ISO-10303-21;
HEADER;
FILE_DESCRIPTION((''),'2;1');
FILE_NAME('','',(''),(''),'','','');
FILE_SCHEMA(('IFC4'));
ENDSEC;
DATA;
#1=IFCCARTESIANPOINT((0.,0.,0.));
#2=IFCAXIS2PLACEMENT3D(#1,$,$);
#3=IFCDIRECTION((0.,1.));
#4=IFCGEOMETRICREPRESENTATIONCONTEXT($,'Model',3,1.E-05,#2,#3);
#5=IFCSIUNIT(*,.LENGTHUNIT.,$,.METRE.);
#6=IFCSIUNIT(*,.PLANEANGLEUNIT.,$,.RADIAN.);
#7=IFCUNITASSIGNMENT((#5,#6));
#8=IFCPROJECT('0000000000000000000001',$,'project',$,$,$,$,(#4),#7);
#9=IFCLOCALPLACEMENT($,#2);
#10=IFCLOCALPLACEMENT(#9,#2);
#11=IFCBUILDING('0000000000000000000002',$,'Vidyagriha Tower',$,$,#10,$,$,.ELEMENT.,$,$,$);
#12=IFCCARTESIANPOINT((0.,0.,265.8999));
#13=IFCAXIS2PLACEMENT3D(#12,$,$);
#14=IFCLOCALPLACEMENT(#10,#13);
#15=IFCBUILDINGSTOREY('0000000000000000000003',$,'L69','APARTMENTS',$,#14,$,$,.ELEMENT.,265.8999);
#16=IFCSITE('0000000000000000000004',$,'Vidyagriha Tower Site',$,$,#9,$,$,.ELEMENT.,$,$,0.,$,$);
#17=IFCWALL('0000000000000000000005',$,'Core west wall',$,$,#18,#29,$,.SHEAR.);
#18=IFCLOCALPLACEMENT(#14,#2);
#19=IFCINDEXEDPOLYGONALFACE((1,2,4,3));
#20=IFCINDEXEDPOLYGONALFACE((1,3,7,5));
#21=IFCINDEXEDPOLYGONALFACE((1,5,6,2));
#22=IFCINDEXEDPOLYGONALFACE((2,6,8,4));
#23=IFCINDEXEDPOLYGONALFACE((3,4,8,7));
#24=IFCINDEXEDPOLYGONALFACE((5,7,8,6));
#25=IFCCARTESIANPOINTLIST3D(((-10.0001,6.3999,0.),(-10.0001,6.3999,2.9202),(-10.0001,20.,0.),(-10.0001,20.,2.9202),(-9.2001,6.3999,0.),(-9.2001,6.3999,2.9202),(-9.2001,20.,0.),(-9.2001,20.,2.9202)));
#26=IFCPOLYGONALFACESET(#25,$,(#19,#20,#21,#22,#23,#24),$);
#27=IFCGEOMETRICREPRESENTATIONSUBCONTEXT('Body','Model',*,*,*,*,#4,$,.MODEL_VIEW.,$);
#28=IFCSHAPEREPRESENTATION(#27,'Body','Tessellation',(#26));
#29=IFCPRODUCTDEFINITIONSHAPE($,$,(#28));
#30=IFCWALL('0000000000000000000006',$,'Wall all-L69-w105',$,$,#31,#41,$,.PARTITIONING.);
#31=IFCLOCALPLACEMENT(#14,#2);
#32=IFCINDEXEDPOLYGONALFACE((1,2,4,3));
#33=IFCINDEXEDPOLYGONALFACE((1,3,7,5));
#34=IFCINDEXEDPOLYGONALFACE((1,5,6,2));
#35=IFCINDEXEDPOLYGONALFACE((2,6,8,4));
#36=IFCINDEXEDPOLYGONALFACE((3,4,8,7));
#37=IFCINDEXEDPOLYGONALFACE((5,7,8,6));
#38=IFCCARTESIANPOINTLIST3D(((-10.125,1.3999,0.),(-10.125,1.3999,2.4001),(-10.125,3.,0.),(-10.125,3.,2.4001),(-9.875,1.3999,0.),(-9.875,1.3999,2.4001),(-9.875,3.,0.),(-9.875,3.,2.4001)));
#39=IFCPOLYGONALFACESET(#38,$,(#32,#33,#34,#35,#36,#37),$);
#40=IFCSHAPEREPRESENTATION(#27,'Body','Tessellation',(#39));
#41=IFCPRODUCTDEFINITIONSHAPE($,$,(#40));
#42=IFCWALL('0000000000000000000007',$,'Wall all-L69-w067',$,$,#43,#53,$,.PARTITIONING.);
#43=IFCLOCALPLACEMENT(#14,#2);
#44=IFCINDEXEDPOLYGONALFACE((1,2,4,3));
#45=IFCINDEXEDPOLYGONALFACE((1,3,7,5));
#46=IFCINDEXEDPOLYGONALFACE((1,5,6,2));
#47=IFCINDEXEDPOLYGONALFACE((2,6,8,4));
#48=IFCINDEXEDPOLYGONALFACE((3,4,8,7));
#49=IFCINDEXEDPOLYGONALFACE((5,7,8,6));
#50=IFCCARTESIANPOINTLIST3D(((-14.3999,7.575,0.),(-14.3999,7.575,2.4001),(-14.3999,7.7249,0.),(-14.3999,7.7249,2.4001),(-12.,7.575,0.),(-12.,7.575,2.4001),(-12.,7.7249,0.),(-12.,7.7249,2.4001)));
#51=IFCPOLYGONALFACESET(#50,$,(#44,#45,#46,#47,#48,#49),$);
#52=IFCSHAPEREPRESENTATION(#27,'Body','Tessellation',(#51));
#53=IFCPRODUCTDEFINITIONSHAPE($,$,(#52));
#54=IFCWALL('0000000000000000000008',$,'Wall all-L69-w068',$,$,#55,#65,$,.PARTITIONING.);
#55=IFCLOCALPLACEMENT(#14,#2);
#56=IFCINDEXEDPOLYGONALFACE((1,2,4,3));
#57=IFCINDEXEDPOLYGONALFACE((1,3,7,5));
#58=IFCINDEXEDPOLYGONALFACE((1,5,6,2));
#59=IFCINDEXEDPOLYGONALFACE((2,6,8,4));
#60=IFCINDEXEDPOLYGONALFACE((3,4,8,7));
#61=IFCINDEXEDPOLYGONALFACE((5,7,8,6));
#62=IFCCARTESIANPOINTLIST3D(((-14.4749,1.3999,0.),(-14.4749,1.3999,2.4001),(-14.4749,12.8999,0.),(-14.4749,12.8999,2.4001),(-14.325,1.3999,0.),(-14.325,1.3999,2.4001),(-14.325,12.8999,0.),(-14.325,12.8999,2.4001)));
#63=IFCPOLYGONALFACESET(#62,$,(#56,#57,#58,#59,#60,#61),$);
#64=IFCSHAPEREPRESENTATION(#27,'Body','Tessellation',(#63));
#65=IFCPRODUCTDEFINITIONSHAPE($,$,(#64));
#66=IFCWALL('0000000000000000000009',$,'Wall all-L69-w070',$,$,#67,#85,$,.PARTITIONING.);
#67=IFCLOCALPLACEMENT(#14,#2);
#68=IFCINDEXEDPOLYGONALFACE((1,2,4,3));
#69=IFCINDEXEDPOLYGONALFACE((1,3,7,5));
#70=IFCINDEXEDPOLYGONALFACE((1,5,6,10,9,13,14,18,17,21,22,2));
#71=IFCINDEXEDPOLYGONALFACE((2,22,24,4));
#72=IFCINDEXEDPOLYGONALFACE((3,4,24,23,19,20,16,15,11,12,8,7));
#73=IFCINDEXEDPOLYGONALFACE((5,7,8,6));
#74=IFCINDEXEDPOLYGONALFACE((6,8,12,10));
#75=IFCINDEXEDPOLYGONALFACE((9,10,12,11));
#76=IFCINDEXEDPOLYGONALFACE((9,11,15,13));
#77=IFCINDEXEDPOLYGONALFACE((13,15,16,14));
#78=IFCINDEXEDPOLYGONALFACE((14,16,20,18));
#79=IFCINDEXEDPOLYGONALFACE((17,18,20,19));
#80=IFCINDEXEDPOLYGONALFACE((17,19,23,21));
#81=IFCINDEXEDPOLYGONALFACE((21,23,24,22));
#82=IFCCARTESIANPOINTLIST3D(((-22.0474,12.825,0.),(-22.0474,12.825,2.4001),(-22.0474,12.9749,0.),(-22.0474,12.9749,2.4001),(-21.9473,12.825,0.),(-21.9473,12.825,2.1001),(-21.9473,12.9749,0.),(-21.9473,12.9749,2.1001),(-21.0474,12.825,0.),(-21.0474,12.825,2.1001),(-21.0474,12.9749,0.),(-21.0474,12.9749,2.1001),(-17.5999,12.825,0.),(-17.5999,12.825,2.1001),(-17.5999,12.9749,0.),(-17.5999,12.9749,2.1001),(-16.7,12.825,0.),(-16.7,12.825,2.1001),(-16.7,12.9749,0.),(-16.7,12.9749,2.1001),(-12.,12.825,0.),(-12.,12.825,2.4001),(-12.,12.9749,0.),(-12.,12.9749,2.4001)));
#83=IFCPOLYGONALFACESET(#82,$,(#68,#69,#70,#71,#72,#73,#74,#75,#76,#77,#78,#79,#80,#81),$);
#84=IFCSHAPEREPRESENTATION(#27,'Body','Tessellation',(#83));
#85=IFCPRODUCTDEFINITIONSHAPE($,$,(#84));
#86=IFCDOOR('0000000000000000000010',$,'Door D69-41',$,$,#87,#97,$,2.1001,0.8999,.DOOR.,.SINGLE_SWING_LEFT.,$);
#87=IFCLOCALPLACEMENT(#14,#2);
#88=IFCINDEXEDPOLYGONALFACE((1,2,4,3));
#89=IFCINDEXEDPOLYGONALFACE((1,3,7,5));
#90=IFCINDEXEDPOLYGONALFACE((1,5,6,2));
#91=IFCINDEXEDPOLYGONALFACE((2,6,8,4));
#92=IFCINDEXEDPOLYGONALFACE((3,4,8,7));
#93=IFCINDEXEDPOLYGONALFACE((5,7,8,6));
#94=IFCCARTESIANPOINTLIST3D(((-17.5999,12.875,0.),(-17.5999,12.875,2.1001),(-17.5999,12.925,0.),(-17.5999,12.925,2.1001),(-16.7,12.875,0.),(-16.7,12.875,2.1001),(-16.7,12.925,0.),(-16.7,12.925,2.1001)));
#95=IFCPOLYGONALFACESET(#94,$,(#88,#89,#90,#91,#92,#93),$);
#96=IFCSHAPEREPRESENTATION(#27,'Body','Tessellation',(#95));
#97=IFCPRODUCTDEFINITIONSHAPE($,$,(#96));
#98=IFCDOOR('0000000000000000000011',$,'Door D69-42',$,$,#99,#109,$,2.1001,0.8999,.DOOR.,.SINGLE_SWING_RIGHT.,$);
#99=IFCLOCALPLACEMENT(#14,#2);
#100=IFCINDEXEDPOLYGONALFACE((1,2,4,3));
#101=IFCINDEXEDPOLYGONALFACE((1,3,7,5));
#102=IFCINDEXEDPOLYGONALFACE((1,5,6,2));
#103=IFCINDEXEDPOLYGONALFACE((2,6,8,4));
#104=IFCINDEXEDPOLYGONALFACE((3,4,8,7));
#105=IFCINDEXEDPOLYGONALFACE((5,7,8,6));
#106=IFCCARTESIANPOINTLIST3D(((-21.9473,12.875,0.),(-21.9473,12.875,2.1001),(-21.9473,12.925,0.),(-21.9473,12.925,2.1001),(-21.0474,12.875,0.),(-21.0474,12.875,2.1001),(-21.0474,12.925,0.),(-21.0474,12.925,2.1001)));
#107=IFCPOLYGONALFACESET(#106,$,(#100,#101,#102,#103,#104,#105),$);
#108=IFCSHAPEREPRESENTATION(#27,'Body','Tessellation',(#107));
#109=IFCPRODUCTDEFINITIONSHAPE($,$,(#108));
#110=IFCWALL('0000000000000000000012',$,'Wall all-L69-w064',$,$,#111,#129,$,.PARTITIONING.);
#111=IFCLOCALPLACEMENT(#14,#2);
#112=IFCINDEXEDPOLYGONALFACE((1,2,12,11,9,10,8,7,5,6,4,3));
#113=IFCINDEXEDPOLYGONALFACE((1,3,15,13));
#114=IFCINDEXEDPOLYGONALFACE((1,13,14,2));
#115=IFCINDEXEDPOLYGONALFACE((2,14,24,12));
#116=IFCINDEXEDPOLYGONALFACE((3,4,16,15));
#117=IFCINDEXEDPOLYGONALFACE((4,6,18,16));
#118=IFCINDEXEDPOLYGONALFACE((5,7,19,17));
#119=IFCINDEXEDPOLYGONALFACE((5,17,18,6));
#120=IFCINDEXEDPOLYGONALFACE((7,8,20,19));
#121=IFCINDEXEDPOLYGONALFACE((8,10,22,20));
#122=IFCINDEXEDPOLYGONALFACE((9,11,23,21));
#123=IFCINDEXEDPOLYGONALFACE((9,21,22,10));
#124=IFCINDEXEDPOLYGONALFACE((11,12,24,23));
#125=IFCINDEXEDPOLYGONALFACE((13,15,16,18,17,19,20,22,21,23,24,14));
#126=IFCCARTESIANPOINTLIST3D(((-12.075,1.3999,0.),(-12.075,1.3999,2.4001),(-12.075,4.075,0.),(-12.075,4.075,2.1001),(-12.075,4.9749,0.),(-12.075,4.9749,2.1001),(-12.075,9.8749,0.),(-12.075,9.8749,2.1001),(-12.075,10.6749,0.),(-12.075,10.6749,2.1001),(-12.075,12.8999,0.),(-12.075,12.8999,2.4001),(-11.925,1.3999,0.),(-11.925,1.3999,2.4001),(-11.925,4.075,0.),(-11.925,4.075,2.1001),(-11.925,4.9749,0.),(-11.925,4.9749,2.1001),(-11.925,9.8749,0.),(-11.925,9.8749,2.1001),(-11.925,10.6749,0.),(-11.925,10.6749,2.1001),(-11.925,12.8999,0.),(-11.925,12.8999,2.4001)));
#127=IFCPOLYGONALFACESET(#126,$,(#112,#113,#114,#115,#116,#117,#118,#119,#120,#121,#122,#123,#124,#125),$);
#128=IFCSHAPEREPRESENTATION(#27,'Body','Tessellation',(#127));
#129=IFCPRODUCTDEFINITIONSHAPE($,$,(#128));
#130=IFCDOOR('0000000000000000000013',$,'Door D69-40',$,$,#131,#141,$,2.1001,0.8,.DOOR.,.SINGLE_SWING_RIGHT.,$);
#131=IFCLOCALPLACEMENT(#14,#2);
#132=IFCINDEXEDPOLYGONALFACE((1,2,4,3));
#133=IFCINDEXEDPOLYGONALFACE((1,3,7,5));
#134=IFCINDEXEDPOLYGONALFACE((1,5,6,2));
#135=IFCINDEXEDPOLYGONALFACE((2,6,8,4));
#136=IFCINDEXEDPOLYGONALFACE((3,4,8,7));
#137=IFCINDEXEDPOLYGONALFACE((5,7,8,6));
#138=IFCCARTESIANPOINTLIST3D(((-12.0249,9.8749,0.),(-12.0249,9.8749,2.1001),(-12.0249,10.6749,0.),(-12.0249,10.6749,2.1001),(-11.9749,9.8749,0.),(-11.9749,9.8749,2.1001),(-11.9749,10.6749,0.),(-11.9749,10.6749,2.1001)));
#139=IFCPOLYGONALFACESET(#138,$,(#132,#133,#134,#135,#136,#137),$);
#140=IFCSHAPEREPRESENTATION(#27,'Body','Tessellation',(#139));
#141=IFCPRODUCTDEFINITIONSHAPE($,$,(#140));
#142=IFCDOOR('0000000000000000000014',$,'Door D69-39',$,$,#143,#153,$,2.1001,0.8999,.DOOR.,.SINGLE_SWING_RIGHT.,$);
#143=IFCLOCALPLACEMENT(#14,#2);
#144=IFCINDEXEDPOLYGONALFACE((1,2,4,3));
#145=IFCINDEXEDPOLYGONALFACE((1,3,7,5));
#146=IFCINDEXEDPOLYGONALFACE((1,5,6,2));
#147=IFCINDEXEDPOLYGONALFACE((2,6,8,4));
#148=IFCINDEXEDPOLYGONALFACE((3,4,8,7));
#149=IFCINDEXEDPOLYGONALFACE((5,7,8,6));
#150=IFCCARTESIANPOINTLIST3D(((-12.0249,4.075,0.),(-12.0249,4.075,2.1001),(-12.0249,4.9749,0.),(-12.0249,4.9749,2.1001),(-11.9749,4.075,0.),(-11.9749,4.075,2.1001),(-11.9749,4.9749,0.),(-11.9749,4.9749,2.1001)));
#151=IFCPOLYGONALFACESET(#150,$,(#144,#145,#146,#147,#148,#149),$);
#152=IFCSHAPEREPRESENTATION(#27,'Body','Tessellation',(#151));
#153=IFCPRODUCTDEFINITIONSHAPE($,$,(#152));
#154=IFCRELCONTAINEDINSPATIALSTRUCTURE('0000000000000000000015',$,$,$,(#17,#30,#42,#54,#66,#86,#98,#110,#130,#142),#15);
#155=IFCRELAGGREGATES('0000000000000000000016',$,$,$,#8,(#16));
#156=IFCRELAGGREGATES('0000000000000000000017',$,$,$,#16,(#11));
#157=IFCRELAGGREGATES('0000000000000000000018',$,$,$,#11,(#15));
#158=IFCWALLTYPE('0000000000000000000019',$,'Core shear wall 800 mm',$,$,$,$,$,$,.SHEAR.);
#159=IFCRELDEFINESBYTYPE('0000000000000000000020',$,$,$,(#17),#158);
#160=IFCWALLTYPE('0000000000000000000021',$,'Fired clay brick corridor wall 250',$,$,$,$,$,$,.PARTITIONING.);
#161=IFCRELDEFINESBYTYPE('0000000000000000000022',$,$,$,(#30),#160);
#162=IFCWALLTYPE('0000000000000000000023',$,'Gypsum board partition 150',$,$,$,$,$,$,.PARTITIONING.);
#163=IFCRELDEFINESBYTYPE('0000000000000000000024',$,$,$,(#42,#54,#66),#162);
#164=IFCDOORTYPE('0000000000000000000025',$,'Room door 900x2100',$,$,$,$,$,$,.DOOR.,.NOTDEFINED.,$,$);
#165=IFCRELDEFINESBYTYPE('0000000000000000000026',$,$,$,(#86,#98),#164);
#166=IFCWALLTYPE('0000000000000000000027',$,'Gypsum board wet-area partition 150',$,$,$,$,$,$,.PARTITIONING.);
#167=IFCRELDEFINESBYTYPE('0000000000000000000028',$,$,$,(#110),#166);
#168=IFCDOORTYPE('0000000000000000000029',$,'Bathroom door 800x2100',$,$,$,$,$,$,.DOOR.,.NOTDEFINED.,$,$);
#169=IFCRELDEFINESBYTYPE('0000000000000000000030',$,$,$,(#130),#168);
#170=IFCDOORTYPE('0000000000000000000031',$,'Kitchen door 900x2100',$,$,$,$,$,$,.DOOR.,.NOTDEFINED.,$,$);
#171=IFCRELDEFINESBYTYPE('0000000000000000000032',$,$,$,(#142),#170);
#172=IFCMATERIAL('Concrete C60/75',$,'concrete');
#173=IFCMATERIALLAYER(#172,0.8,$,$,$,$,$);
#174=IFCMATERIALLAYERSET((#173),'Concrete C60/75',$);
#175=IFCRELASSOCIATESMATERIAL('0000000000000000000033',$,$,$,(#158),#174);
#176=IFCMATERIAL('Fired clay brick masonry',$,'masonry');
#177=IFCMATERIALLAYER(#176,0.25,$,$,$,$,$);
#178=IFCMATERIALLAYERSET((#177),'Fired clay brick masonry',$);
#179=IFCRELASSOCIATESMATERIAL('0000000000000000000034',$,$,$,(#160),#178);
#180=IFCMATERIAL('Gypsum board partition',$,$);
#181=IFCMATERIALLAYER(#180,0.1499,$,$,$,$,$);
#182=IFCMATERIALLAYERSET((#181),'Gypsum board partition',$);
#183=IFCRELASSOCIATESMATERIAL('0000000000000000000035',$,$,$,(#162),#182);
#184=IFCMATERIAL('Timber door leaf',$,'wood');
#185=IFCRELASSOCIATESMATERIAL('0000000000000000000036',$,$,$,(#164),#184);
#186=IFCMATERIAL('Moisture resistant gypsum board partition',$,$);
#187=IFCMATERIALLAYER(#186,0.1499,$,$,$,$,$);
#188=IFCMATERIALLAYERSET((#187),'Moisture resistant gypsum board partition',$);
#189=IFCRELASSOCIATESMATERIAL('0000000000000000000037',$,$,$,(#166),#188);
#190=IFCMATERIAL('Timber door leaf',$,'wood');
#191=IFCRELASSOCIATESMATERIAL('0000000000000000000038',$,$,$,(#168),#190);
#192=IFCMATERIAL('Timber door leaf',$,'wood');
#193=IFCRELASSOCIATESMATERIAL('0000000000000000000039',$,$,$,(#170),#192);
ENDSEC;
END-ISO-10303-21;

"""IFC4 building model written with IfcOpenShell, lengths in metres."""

from ifc_helpers import new_model, si_unit, direction, frame, frame_2d, origin, place, context, subcontext, project, spatial, rectangle, extrude, material, layer, layer_set, type_object, element, fill, save


model = new_model("IFC4")

# Units and contexts
model_context = context("Model", 3, precision=1e-05, world=origin(), true_north=direction((0.0, 1.0)))
body_context = subcontext(model_context, "Body", "Model", "MODEL_VIEW")
ifc_project = project(units=[si_unit("LENGTHUNIT", "METRE"), si_unit("PLANEANGLEUNIT", "RADIAN")], contexts=[model_context])

# Site, building, storey
site_placement = place(None, origin())
site = spatial("IfcSite", under=ifc_project, at=site_placement, Name="Vidyagriha Tower Site", CompositionType="ELEMENT", RefElevation=0.0)
building_placement = place(site_placement, origin())
building = spatial("IfcBuilding", under=site, at=building_placement, Name="Vidyagriha Tower", CompositionType="ELEMENT")
storey_placement = place(building_placement, frame((0.0, 0.0, 265.8999)))
storey = spatial("IfcBuildingStorey", under=building, at=storey_placement, Name="L69", Description="APARTMENTS", CompositionType="ELEMENT", Elevation=265.8999)

# Walls
ifc_material_1 = material(Name="Concrete C60/75", Category="concrete")
ifc_layer_1 = layer(ifc_material_1, 0.8)
ifc_layer_set_1 = layer_set([ifc_layer_1], Name="Concrete C60/75")
wall_type_1 = type_object("IfcWallType", Name="Core shear wall 800 mm", PredefinedType="SHEAR", material=ifc_layer_set_1)
wall_1_placement = place(storey_placement, frame((-9.6001, 6.3999, 0.0), z_axis=(0.0, 0.0, 1.0), x_axis=(0.0, 1.0, 0.0)))
element("IfcWall", 1, at=wall_1_placement, inside=storey, type_object=wall_type_1, Name="Core west wall", PredefinedType="SHEAR", context=body_context, shape_type="SweptSolid", body=[
    extrude(rectangle(XDim=13.6001, YDim=0.8, at=frame_2d((6.8, 0.0))), origin(), (0.0, 0.0, 1.0), 2.9202),
])
ifc_material_2 = material(Name="Fired clay brick masonry", Category="masonry")
ifc_layer_2 = layer(ifc_material_2, 0.25)
ifc_layer_set_2 = layer_set([ifc_layer_2], Name="Fired clay brick masonry")
wall_type_2 = type_object("IfcWallType", Name="Fired clay brick corridor wall 250", PredefinedType="PARTITIONING", material=ifc_layer_set_2)
wall_2_placement = place(storey_placement, frame((-10.0, 3.0, 0.0), z_axis=(0.0, 0.0, 1.0), x_axis=(0.0, -1.0, 0.0)))
element("IfcWall", 2, at=wall_2_placement, inside=storey, type_object=wall_type_2, Name="Wall all-L69-w105", PredefinedType="PARTITIONING", context=body_context, shape_type="SweptSolid", body=[
    extrude(rectangle(XDim=1.6001, YDim=0.25, at=frame_2d((0.8, 0.0))), origin(), (0.0, 0.0, 1.0), 2.4001),
])
ifc_material_3 = material(Name="Gypsum board partition")
ifc_layer_3 = layer(ifc_material_3, 0.1499)
ifc_layer_set_3 = layer_set([ifc_layer_3], Name="Gypsum board partition")
wall_type_3 = type_object("IfcWallType", Name="Gypsum board partition 150", PredefinedType="PARTITIONING", material=ifc_layer_set_3)
wall_3_placement = place(storey_placement, frame((-14.3999, 7.6499, 0.0)))
element("IfcWall", 3, at=wall_3_placement, inside=storey, type_object=wall_type_3, Name="Wall all-L69-w067", PredefinedType="PARTITIONING", context=body_context, shape_type="SweptSolid", body=[
    extrude(rectangle(XDim=2.3999, YDim=0.1499, at=frame_2d((1.2, 0.0))), origin(), (0.0, 0.0, 1.0), 2.4001),
])
wall_4_placement = place(storey_placement, frame((-14.3999, 1.3999, 0.0), z_axis=(0.0, 0.0, 1.0), x_axis=(0.0, 1.0, 0.0)))
element("IfcWall", 4, at=wall_4_placement, inside=storey, type_object=wall_type_3, Name="Wall all-L69-w068", PredefinedType="PARTITIONING", context=body_context, shape_type="SweptSolid", body=[
    extrude(rectangle(XDim=11.5, YDim=0.1499, at=frame_2d((5.75, 0.0))), origin(), (0.0, 0.0, 1.0), 2.4001),
])

# Walls, openings, doors
wall_5_placement = place(storey_placement, frame((-12.0, 12.8999, 0.0), z_axis=(0.0, 0.0, 1.0), x_axis=(-1.0, 0.0, 0.0)))
wall_5 = element("IfcWall", 5, at=wall_5_placement, inside=storey, type_object=wall_type_3, Name="Wall all-L69-w070", PredefinedType="PARTITIONING", context=body_context, shape_type="SweptSolid", body=[
    extrude(rectangle(XDim=10.0474, YDim=0.1499, at=frame_2d((5.0237, 0.0))), origin(), (0.0, 0.0, 1.0), 2.4001),
])
opening_1_placement = place(wall_5_placement, frame((4.7, 0.0, 0.0)))
opening_1 = element("IfcOpeningElement", 6, at=opening_1_placement, cuts=wall_5, PredefinedType="OPENING", context=body_context, shape_type="SweptSolid", body=[
    extrude(rectangle(XDim=0.8999, YDim=2.1001, at=frame_2d((0.45, 1.05))), frame((0.0, 0.085, 0.0), z_axis=(0.0, -1.0, 0.0), x_axis=(1.0, 0.0, 0.0)), (0.0, 0.0, 1.0), 0.1699),
])
opening_2_placement = place(wall_5_placement, frame((9.0474, 0.0, 0.0)))
opening_2 = element("IfcOpeningElement", 7, at=opening_2_placement, cuts=wall_5, PredefinedType="OPENING", context=body_context, shape_type="SweptSolid", body=[
    extrude(rectangle(XDim=0.8999, YDim=2.1001, at=frame_2d((0.45, 1.05))), frame((0.0, 0.085, 0.0), z_axis=(0.0, -1.0, 0.0), x_axis=(1.0, 0.0, 0.0)), (0.0, 0.0, 1.0), 0.1699),
])
ifc_material_4 = material(Name="Timber door leaf", Category="wood")
door_type_1 = type_object("IfcDoorType", Name="Room door 900x2100", OperationType="NOTDEFINED", PredefinedType="DOOR", material=ifc_material_4)
door_1_placement = place(opening_1_placement, origin())
door_1 = element("IfcDoor", 8, at=door_1_placement, inside=storey, type_object=door_type_1, Name="Door D69-41", OperationType="SINGLE_SWING_LEFT", OverallHeight=2.1001, OverallWidth=0.8999, PredefinedType="DOOR", context=body_context, shape_type="SweptSolid", body=[
    extrude(rectangle(XDim=0.8999, YDim=2.1001, at=frame_2d((0.45, 1.05))), frame((0.0, 0.0249, 0.0), z_axis=(0.0, -1.0, 0.0), x_axis=(1.0, 0.0, 0.0)), (0.0, 0.0, 1.0), 0.05),
])
fill(opening_1, door_1)
door_2_placement = place(opening_2_placement, origin())
door_2 = element("IfcDoor", 9, at=door_2_placement, inside=storey, type_object=door_type_1, Name="Door D69-42", OperationType="SINGLE_SWING_RIGHT", OverallHeight=2.1001, OverallWidth=0.8999, PredefinedType="DOOR", context=body_context, shape_type="SweptSolid", body=[
    extrude(rectangle(XDim=0.8999, YDim=2.1001, at=frame_2d((0.45, 1.05))), frame((0.0, 0.0249, 0.0), z_axis=(0.0, -1.0, 0.0), x_axis=(1.0, 0.0, 0.0)), (0.0, 0.0, 1.0), 0.05),
])
fill(opening_2, door_2)
ifc_material_5 = material(Name="Moisture resistant gypsum board partition")
ifc_layer_4 = layer(ifc_material_5, 0.1499)
ifc_layer_set_4 = layer_set([ifc_layer_4], Name="Moisture resistant gypsum board partition")
wall_type_4 = type_object("IfcWallType", Name="Gypsum board wet-area partition 150", PredefinedType="PARTITIONING", material=ifc_layer_set_4)
wall_6_placement = place(storey_placement, frame((-12.0, 1.3999, 0.0), z_axis=(0.0, 0.0, 1.0), x_axis=(0.0, 1.0, 0.0)))
wall_6 = element("IfcWall", 10, at=wall_6_placement, inside=storey, type_object=wall_type_4, Name="Wall all-L69-w064", PredefinedType="PARTITIONING", context=body_context, shape_type="SweptSolid", body=[
    extrude(rectangle(XDim=11.5, YDim=0.1499, at=frame_2d((5.75, 0.0))), origin(), (0.0, 0.0, 1.0), 2.4001),
])
opening_3_placement = place(wall_6_placement, frame((2.675, 0.0, 0.0)))
opening_3 = element("IfcOpeningElement", 11, at=opening_3_placement, cuts=wall_6, PredefinedType="OPENING", context=body_context, shape_type="SweptSolid", body=[
    extrude(rectangle(XDim=0.8999, YDim=2.1001, at=frame_2d((0.45, 1.05))), frame((0.0, 0.085, 0.0), z_axis=(0.0, -1.0, 0.0), x_axis=(1.0, 0.0, 0.0)), (0.0, 0.0, 1.0), 0.1699),
])
opening_4_placement = place(wall_6_placement, frame((8.4751, 0.0, 0.0)))
opening_4 = element("IfcOpeningElement", 12, at=opening_4_placement, cuts=wall_6, PredefinedType="OPENING", context=body_context, shape_type="SweptSolid", body=[
    extrude(rectangle(XDim=0.8, YDim=2.1001, at=frame_2d((0.3999, 1.05))), frame((0.0, 0.085, 0.0), z_axis=(0.0, -1.0, 0.0), x_axis=(1.0, 0.0, 0.0)), (0.0, 0.0, 1.0), 0.1699),
])
ifc_material_6 = material(Name="Timber door leaf", Category="wood")
door_type_2 = type_object("IfcDoorType", Name="Bathroom door 800x2100", OperationType="NOTDEFINED", PredefinedType="DOOR", material=ifc_material_6)
door_3_placement = place(opening_4_placement, origin())
door_3 = element("IfcDoor", 13, at=door_3_placement, inside=storey, type_object=door_type_2, Name="Door D69-40", OperationType="SINGLE_SWING_RIGHT", OverallHeight=2.1001, OverallWidth=0.8, PredefinedType="DOOR", context=body_context, shape_type="SweptSolid", body=[
    extrude(rectangle(XDim=0.8, YDim=2.1001, at=frame_2d((0.3999, 1.05))), frame((0.0, 0.0249, 0.0), z_axis=(0.0, -1.0, 0.0), x_axis=(1.0, 0.0, 0.0)), (0.0, 0.0, 1.0), 0.05),
])
fill(opening_4, door_3)
ifc_material_7 = material(Name="Timber door leaf", Category="wood")
door_type_3 = type_object("IfcDoorType", Name="Kitchen door 900x2100", OperationType="NOTDEFINED", PredefinedType="DOOR", material=ifc_material_7)
door_4_placement = place(opening_3_placement, origin())
door_4 = element("IfcDoor", 14, at=door_4_placement, inside=storey, type_object=door_type_3, Name="Door D69-39", OperationType="SINGLE_SWING_RIGHT", OverallHeight=2.1001, OverallWidth=0.8999, PredefinedType="DOOR", context=body_context, shape_type="SweptSolid", body=[
    extrude(rectangle(XDim=0.8999, YDim=2.1001, at=frame_2d((0.45, 1.05))), frame((0.0, 0.0249, 0.0), z_axis=(0.0, -1.0, 0.0), x_axis=(1.0, 0.0, 0.0)), (0.0, 0.0, 1.0), 0.05),
])
fill(opening_3, door_4)

save(model, "model.ifc")
